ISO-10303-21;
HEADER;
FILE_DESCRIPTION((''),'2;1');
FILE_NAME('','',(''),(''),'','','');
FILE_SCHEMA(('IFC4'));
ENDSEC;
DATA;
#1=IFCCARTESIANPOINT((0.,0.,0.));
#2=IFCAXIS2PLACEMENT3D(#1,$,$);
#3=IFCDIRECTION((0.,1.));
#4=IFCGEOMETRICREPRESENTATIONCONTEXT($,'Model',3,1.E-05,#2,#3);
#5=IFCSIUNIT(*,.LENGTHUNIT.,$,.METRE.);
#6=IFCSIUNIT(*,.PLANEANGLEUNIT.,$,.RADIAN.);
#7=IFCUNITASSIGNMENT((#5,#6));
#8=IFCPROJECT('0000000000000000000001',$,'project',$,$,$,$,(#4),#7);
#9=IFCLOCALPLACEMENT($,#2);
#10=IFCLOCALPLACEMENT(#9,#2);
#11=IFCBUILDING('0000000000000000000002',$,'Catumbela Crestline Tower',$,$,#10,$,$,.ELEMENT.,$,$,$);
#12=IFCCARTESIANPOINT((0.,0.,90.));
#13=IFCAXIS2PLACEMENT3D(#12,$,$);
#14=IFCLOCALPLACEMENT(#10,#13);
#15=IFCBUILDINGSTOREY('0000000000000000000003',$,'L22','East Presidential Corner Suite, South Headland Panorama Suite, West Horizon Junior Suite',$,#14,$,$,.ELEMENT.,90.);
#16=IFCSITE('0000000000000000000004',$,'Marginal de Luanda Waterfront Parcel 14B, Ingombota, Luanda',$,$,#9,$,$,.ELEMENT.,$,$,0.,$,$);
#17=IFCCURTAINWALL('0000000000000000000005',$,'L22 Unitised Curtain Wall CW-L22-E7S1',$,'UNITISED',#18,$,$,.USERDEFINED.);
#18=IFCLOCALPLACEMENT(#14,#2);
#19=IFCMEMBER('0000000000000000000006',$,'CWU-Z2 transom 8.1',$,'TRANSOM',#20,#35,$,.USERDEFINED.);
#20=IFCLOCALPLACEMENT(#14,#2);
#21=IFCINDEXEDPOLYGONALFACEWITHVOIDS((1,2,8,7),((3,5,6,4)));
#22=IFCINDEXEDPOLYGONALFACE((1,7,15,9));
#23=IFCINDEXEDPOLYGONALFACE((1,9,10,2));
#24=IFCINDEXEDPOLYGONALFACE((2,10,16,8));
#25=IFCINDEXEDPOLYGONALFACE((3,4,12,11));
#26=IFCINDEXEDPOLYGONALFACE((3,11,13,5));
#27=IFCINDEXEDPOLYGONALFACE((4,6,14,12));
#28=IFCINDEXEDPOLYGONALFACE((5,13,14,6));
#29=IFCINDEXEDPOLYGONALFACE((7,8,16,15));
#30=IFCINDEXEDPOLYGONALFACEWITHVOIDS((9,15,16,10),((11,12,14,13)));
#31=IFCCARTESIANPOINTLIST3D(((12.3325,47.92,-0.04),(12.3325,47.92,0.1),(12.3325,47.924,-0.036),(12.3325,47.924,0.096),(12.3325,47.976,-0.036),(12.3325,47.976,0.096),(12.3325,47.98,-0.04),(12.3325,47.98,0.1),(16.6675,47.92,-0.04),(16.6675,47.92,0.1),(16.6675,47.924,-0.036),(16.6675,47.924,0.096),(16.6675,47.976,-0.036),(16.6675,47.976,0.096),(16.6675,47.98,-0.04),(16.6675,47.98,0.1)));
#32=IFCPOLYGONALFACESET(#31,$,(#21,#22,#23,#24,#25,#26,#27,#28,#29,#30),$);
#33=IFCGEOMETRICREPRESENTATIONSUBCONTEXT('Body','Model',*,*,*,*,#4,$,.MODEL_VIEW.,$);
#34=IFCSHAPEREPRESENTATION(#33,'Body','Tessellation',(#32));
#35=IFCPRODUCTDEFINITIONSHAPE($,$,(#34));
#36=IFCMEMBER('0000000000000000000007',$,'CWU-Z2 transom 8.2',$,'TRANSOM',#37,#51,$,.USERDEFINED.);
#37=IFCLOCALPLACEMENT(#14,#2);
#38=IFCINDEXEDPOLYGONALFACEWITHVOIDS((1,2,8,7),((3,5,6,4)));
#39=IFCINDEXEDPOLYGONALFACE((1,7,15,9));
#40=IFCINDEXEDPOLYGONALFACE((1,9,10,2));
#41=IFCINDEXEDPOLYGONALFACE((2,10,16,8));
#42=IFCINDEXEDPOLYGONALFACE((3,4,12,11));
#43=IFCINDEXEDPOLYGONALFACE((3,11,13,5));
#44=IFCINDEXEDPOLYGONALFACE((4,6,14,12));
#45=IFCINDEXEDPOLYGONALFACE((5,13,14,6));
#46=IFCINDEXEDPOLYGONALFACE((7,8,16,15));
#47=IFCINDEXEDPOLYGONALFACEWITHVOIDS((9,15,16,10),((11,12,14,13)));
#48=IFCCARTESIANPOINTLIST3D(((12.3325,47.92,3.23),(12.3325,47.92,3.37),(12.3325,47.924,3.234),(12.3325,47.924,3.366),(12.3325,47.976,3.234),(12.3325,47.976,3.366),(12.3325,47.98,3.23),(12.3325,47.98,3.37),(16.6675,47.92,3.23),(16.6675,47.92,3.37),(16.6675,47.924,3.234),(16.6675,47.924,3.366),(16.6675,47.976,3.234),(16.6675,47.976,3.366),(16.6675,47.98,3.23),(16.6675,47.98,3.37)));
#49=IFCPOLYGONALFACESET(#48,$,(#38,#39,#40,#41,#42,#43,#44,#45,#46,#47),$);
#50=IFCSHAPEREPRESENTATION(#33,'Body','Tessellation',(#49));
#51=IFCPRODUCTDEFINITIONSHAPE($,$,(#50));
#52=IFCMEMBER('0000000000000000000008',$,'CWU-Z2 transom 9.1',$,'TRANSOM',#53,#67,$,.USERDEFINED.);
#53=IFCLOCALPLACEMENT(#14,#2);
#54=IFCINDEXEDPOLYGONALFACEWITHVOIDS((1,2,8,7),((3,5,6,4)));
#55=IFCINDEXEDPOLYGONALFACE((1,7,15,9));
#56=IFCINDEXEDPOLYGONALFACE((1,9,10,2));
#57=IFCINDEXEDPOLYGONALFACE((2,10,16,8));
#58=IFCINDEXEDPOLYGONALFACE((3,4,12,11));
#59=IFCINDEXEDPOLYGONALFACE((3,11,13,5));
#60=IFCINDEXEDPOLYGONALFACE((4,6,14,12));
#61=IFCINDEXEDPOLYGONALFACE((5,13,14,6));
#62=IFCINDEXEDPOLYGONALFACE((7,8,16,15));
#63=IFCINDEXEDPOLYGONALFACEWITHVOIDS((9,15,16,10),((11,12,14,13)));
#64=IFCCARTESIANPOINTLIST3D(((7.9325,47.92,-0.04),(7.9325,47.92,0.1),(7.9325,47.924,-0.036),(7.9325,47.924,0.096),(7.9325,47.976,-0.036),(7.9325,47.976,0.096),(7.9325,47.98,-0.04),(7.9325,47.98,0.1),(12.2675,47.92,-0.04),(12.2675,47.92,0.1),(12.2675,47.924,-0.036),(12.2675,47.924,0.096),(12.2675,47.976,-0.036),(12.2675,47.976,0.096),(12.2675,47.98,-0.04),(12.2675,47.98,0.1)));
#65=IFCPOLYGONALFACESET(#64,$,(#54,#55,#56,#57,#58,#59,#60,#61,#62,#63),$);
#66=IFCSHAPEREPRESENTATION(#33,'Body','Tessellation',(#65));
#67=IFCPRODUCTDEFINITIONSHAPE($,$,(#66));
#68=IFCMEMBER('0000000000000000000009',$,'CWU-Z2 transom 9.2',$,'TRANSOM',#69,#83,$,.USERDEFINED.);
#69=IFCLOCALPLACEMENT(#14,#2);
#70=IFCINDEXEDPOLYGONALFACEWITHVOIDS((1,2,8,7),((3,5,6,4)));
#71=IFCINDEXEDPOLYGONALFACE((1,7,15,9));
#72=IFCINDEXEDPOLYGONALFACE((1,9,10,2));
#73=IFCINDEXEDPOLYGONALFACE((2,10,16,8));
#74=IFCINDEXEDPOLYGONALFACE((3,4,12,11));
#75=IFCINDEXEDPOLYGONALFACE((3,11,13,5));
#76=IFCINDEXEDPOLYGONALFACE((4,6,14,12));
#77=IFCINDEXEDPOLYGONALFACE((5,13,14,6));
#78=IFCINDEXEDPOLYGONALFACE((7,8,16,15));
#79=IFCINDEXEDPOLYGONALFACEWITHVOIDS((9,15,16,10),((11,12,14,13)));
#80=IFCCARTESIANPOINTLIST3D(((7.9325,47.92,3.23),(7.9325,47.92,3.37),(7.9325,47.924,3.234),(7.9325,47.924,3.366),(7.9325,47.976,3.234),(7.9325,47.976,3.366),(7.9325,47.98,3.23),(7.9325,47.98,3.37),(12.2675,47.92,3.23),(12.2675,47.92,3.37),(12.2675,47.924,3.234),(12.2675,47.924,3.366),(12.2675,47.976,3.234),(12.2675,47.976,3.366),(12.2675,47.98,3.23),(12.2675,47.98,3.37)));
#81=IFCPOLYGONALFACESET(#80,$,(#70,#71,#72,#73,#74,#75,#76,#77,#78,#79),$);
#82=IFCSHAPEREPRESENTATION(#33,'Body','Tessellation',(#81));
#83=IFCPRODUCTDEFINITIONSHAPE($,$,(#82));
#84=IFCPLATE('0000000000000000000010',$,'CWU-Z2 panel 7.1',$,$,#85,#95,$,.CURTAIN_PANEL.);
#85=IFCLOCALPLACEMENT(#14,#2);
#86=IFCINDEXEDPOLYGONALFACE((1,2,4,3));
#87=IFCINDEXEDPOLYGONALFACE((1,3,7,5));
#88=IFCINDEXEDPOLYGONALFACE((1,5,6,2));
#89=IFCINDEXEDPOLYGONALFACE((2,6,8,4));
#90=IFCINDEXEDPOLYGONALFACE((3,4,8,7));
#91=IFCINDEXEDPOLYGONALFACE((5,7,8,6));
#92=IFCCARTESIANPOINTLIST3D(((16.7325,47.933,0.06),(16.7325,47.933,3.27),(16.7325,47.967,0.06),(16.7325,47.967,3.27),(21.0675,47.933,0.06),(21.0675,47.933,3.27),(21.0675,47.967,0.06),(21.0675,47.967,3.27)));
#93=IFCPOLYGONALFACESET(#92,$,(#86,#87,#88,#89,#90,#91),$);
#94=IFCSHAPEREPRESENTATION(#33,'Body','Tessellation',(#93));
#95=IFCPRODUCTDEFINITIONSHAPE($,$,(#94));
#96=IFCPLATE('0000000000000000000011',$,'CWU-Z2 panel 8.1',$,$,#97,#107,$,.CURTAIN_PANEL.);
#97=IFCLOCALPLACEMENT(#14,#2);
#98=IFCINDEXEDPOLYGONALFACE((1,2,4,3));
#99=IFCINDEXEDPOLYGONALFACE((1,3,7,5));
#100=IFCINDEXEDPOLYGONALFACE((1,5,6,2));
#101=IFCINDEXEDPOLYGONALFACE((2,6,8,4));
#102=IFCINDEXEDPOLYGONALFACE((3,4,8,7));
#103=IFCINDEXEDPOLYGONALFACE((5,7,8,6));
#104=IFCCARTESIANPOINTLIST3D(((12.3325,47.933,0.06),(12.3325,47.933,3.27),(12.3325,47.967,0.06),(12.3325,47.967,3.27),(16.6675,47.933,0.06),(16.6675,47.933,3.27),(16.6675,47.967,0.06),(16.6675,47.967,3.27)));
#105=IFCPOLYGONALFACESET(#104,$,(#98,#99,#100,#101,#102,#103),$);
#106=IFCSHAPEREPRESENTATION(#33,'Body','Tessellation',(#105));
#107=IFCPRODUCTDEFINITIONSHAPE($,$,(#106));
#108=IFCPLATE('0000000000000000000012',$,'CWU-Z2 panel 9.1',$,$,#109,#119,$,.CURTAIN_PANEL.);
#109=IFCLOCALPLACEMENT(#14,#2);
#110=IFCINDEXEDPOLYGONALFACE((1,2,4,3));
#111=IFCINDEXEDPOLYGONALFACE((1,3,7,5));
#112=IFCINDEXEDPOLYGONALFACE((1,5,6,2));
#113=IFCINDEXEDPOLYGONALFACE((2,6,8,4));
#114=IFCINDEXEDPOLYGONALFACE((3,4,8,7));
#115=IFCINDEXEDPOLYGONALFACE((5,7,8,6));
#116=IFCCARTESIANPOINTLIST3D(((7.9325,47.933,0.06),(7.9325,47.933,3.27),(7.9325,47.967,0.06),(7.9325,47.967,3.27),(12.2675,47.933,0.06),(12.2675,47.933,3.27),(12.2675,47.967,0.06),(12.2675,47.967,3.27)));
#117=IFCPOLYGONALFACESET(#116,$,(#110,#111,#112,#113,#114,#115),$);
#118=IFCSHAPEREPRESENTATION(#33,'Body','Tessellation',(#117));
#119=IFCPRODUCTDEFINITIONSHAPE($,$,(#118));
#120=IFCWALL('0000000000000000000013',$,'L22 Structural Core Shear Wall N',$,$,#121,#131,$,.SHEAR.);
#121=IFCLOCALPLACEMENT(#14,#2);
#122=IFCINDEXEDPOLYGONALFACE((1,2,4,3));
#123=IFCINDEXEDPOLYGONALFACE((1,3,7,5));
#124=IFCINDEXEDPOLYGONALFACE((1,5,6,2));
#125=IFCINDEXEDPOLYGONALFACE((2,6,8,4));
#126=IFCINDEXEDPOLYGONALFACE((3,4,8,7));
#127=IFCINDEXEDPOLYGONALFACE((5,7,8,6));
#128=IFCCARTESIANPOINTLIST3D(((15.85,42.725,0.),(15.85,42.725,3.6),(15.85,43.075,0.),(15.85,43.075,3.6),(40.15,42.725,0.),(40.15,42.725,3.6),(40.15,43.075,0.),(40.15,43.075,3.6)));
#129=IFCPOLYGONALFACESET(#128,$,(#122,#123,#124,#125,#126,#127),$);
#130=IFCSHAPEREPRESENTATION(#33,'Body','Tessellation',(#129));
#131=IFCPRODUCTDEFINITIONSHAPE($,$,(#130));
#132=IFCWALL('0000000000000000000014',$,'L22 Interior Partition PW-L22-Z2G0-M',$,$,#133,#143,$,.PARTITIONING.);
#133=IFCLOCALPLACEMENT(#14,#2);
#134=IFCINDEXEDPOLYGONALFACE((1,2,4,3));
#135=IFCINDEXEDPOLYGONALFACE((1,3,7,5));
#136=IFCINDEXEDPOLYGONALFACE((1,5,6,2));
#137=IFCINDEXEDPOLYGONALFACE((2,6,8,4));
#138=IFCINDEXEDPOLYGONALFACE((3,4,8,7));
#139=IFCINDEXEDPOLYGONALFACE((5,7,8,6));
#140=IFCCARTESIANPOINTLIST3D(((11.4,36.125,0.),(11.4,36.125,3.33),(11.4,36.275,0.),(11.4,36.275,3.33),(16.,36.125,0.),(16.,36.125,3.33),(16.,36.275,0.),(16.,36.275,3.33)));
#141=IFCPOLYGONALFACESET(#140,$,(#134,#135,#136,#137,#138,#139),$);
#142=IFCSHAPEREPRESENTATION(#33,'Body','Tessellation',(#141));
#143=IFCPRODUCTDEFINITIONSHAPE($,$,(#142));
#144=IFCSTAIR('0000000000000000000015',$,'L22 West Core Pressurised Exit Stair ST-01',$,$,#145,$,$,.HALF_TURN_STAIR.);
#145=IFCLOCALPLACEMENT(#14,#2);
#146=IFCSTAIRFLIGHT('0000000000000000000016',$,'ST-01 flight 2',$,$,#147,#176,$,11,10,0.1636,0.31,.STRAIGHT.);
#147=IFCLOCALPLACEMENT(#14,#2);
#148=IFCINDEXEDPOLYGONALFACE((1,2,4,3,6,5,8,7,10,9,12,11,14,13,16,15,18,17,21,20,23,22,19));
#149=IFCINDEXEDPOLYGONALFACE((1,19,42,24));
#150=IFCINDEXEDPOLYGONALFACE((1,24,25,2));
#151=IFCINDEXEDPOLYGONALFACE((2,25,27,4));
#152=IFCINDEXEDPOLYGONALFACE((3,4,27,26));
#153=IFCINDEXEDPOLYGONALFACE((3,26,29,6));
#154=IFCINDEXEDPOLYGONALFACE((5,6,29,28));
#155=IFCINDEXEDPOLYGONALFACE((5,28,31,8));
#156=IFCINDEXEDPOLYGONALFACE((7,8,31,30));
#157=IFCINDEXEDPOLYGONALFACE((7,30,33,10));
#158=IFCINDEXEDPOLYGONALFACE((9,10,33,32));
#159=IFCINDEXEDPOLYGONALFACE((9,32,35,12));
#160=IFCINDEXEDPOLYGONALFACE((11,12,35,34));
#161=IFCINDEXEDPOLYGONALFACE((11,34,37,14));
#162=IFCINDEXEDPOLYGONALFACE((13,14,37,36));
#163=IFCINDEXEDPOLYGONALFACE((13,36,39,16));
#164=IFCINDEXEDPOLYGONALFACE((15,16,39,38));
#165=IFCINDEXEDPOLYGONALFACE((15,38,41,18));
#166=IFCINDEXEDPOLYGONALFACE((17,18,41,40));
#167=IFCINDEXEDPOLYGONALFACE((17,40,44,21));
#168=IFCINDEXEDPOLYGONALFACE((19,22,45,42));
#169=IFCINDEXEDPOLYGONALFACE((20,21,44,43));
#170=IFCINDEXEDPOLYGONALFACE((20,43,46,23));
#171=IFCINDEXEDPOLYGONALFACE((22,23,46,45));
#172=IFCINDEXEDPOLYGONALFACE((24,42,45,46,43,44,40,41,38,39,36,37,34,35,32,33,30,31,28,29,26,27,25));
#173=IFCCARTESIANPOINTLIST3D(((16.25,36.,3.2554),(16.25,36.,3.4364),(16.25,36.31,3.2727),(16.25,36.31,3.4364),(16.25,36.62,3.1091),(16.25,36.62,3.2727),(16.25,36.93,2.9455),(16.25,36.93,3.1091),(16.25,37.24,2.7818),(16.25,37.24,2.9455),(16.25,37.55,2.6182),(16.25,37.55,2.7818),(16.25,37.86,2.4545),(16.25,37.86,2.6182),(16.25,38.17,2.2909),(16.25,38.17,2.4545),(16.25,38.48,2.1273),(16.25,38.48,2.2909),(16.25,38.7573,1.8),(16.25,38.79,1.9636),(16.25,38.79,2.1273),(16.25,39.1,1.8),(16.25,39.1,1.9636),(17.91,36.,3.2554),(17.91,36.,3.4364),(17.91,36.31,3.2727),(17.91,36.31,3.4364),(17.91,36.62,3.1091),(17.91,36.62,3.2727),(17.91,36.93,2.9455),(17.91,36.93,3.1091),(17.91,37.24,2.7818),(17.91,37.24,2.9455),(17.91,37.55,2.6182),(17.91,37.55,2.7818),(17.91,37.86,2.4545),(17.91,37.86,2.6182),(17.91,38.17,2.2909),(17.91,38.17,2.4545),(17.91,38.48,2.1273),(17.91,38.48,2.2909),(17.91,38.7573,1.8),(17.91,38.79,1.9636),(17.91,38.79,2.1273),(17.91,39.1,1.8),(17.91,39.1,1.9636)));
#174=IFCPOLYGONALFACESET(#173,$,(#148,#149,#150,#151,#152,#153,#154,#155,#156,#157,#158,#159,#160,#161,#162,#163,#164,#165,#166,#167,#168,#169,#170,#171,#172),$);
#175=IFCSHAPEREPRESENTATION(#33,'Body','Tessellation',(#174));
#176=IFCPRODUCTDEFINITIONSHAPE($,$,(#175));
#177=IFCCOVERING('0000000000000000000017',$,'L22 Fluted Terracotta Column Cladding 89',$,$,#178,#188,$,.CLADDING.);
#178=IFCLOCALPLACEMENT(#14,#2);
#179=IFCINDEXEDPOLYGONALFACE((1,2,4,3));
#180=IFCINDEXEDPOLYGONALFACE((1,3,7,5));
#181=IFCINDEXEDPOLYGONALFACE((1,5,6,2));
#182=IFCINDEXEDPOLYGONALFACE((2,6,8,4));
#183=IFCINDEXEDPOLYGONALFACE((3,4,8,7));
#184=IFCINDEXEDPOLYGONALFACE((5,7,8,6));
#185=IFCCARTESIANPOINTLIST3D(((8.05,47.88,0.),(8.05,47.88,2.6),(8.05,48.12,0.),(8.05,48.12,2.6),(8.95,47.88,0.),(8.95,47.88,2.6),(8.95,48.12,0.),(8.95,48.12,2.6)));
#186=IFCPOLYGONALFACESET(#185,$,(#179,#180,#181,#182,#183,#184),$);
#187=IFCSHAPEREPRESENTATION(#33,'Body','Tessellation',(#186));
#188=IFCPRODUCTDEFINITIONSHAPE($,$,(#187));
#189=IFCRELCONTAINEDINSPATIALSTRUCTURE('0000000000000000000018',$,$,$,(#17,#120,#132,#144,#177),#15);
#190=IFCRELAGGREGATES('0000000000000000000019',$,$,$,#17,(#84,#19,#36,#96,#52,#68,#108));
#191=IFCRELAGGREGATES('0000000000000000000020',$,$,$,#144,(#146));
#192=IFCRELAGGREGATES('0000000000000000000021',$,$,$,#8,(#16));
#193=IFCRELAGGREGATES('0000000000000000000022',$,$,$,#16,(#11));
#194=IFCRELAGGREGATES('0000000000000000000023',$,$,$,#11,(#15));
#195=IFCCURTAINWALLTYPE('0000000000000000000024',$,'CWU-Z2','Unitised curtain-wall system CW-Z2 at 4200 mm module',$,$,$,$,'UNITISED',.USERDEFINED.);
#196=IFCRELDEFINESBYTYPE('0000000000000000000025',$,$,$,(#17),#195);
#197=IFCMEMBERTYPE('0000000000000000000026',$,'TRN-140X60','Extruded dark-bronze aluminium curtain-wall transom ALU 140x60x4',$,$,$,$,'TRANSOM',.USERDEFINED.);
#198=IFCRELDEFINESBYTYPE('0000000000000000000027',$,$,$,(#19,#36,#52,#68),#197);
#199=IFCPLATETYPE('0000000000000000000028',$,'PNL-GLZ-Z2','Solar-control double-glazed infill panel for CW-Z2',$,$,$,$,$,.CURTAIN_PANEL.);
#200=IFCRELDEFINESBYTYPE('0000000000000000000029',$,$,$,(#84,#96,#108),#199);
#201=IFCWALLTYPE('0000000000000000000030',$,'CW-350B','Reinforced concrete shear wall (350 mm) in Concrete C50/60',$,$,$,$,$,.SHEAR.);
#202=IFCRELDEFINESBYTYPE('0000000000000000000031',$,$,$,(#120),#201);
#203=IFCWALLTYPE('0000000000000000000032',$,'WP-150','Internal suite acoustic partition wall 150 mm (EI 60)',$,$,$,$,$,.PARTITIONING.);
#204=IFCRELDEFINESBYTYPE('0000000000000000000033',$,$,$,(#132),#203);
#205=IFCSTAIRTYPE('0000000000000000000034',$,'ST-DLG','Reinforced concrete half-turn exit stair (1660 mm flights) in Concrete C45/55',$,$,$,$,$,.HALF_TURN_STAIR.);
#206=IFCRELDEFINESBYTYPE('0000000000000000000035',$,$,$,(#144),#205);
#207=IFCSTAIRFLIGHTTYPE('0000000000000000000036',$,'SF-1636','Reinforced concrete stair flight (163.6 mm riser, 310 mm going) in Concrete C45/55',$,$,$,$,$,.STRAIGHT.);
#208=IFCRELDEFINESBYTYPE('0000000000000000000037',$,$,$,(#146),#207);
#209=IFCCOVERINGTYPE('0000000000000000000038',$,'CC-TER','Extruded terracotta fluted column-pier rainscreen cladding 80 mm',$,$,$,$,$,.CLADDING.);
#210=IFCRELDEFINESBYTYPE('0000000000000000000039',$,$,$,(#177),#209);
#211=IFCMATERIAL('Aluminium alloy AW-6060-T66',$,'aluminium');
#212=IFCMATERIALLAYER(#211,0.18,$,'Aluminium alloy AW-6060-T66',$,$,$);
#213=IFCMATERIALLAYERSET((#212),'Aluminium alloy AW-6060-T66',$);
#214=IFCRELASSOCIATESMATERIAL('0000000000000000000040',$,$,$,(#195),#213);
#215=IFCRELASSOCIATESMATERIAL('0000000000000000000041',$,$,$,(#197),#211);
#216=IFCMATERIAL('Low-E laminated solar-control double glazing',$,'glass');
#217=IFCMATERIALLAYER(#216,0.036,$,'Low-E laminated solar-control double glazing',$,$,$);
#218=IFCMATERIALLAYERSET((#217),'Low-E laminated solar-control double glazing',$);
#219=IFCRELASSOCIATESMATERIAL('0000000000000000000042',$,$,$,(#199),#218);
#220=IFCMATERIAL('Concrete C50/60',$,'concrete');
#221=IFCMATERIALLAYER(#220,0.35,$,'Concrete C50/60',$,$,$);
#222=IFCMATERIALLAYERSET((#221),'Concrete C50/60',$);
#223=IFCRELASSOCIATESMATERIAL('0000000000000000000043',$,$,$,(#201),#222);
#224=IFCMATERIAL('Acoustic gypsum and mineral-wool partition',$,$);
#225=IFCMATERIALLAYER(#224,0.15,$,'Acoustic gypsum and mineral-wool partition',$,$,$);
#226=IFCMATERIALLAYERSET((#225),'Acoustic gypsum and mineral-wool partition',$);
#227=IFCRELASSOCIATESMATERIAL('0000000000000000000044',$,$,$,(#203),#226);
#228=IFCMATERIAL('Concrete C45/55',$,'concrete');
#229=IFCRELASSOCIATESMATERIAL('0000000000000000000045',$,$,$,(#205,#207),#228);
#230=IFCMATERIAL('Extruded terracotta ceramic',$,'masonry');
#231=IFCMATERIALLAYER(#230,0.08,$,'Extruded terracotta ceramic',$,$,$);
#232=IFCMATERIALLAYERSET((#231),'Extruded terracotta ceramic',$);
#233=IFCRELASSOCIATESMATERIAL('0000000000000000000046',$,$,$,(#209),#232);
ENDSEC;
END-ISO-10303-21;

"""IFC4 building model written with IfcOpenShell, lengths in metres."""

from ifc_helpers import new_model, si_unit, direction, frame, frame_2d, origin, origin_2d, place, context, subcontext, project, spatial, polyline, rectangle, hollow_rectangle, outline, extrude, material, layer, layer_set, material_profile, profile_set, type_object, element, aggregate, save


model = new_model("IFC4")

# Units and contexts
model_context = context("Model", 3, precision=1e-05, world=origin(), true_north=direction((0.0, 1.0)))
body_context = subcontext(model_context, "Body", "Model", "MODEL_VIEW")
ifc_project = project(units=[si_unit("LENGTHUNIT", "METRE"), si_unit("PLANEANGLEUNIT", "RADIAN")], contexts=[model_context])

# Site, building, storey
site_placement = place(None, origin())
site = spatial("IfcSite", under=ifc_project, at=site_placement, Name="Marginal de Luanda Waterfront Parcel 14B, Ingombota, Luanda", CompositionType="ELEMENT", RefElevation=0.0)
building_placement = place(site_placement, origin())
building = spatial("IfcBuilding", under=site, at=building_placement, Name="Catumbela Crestline Tower", CompositionType="ELEMENT")
storey_placement = place(building_placement, frame((0.0, 0.0, 90.0)))
storey = spatial("IfcBuildingStorey", under=building, at=storey_placement, Name="L22", Description="East Presidential Corner Suite, South Headland Panorama Suite, West Horizon Junior Suite", CompositionType="ELEMENT", Elevation=90.0)

# Shared definitions
ifc_material_1 = material(Name="Concrete C50/60", Category="concrete")

# Curtain wall
ifc_material_2 = material(Name="Aluminium alloy AW-6060-T66", Category="aluminium")
ifc_layer_1 = layer(ifc_material_2, 0.18, Name="Aluminium alloy AW-6060-T66")
ifc_layer_set_1 = layer_set([ifc_layer_1], Name="Aluminium alloy AW-6060-T66")
curtain_wall_type = type_object("IfcCurtainWallType", Name="CWU-Z2", Description="Unitised curtain-wall system CW-Z2 at 4200 mm module", ElementType="UNITISED", PredefinedType="USERDEFINED", material=ifc_layer_set_1)
curtain_wall_placement = place(storey_placement, origin())
curtain_wall = element("IfcCurtainWall", 1, at=curtain_wall_placement, inside=storey, type_object=curtain_wall_type, Name="L22 Unitised Curtain Wall CW-L22-E7S1", ObjectType="UNITISED", PredefinedType="USERDEFINED")

# Members
ifc_material_profile_1 = material_profile(ifc_material_2, hollow_rectangle(XDim=0.06, YDim=0.14, WallThickness=0.004, at=origin_2d()), Name="ALU 140x60x4")
ifc_profile_set_1 = profile_set([ifc_material_profile_1], Name="Aluminium alloy AW-6060-T66")
member_type_1 = type_object("IfcMemberType", Name="TRN-140X60", Description="Extruded dark-bronze aluminium curtain-wall transom ALU 140x60x4", ElementType="TRANSOM", PredefinedType="USERDEFINED", material=ifc_profile_set_1)
member_1_placement = place(storey_placement, frame((16.6675, 47.95, 0.03), z_axis=(-1.0, 0.0, 0.0), x_axis=(0.0, -1.0, 0.0)))
member_1 = element("IfcMember", 2, at=member_1_placement, type_object=member_type_1, Name="CWU-Z2 transom 8.1", ObjectType="TRANSOM", PredefinedType="USERDEFINED", context=body_context, shape_type="SweptSolid", body=[
    extrude(hollow_rectangle(XDim=0.06, YDim=0.14, WallThickness=0.004, at=origin_2d()), origin(), (0.0, 0.0, 1.0), 4.335),
])
member_2_placement = place(storey_placement, frame((16.6675, 47.95, 3.3), z_axis=(-1.0, 0.0, 0.0), x_axis=(0.0, -1.0, 0.0)))
member_2 = element("IfcMember", 3, at=member_2_placement, type_object=member_type_1, Name="CWU-Z2 transom 8.2", ObjectType="TRANSOM", PredefinedType="USERDEFINED", context=body_context, shape_type="SweptSolid", body=[
    extrude(hollow_rectangle(XDim=0.06, YDim=0.14, WallThickness=0.004, at=origin_2d()), origin(), (0.0, 0.0, 1.0), 4.335),
])
member_3_placement = place(storey_placement, frame((12.2675, 47.95, 0.03), z_axis=(-1.0, 0.0, 0.0), x_axis=(0.0, -1.0, 0.0)))
member_3 = element("IfcMember", 4, at=member_3_placement, type_object=member_type_1, Name="CWU-Z2 transom 9.1", ObjectType="TRANSOM", PredefinedType="USERDEFINED", context=body_context, shape_type="SweptSolid", body=[
    extrude(hollow_rectangle(XDim=0.06, YDim=0.14, WallThickness=0.004, at=origin_2d()), origin(), (0.0, 0.0, 1.0), 4.335),
])
member_4_placement = place(storey_placement, frame((12.2675, 47.95, 3.3), z_axis=(-1.0, 0.0, 0.0), x_axis=(0.0, -1.0, 0.0)))
member_4 = element("IfcMember", 5, at=member_4_placement, type_object=member_type_1, Name="CWU-Z2 transom 9.2", ObjectType="TRANSOM", PredefinedType="USERDEFINED", context=body_context, shape_type="SweptSolid", body=[
    extrude(hollow_rectangle(XDim=0.06, YDim=0.14, WallThickness=0.004, at=origin_2d()), origin(), (0.0, 0.0, 1.0), 4.335),
])

# Plates
ifc_material_3 = material(Name="Low-E laminated solar-control double glazing", Category="glass")
ifc_layer_2 = layer(ifc_material_3, 0.036, Name="Low-E laminated solar-control double glazing")
ifc_layer_set_2 = layer_set([ifc_layer_2], Name="Low-E laminated solar-control double glazing")
plate_type = type_object("IfcPlateType", Name="PNL-GLZ-Z2", Description="Solar-control double-glazed infill panel for CW-Z2", PredefinedType="CURTAIN_PANEL", material=ifc_layer_set_2)
plate_1_placement = place(storey_placement, frame((18.9, 47.95, 0.06), z_axis=(0.0, 0.0, 1.0), x_axis=(-1.0, 0.0, 0.0)))
plate_1 = element("IfcPlate", 6, at=plate_1_placement, type_object=plate_type, Name="CWU-Z2 panel 7.1", PredefinedType="CURTAIN_PANEL", context=body_context, shape_type="SweptSolid", body=[
    extrude(rectangle(XDim=4.335, YDim=0.034, at=origin_2d()), origin(), (0.0, 0.0, 1.0), 3.21),
])
plate_2_placement = place(storey_placement, frame((14.5, 47.95, 0.06), z_axis=(0.0, 0.0, 1.0), x_axis=(-1.0, 0.0, 0.0)))
plate_2 = element("IfcPlate", 7, at=plate_2_placement, type_object=plate_type, Name="CWU-Z2 panel 8.1", PredefinedType="CURTAIN_PANEL", context=body_context, shape_type="SweptSolid", body=[
    extrude(rectangle(XDim=4.335, YDim=0.034, at=origin_2d()), origin(), (0.0, 0.0, 1.0), 3.21),
])
plate_3_placement = place(storey_placement, frame((10.1, 47.95, 0.06), z_axis=(0.0, 0.0, 1.0), x_axis=(-1.0, 0.0, 0.0)))
plate_3 = element("IfcPlate", 8, at=plate_3_placement, type_object=plate_type, Name="CWU-Z2 panel 9.1", PredefinedType="CURTAIN_PANEL", context=body_context, shape_type="SweptSolid", body=[
    extrude(rectangle(XDim=4.335, YDim=0.034, at=origin_2d()), origin(), (0.0, 0.0, 1.0), 3.21),
])
aggregate(curtain_wall, [plate_1, member_1, member_2, plate_2, member_3, member_4, plate_3])

# Walls
ifc_layer_3 = layer(ifc_material_1, 0.35, Name="Concrete C50/60")
ifc_layer_set_3 = layer_set([ifc_layer_3], Name="Concrete C50/60")
wall_type_1 = type_object("IfcWallType", Name="CW-350B", Description="Reinforced concrete shear wall (350 mm) in Concrete C50/60", PredefinedType="SHEAR", material=ifc_layer_set_3)
wall_1_placement = place(storey_placement, frame((15.85, 42.9, 0.0), z_axis=(0.0, 0.0, 1.0), x_axis=(1.0, 0.0, 0.0)))
element("IfcWall", 9, at=wall_1_placement, inside=storey, type_object=wall_type_1, Name="L22 Structural Core Shear Wall N", PredefinedType="SHEAR", context=body_context, shape_type="SweptSolid", body=[
    extrude(rectangle(XDim=24.3, YDim=0.35, at=frame_2d((12.15, 0.0))), origin(), (0.0, 0.0, 1.0), 3.6),
])
ifc_material_4 = material(Name="Acoustic gypsum and mineral-wool partition")
ifc_layer_4 = layer(ifc_material_4, 0.15, Name="Acoustic gypsum and mineral-wool partition")
ifc_layer_set_4 = layer_set([ifc_layer_4], Name="Acoustic gypsum and mineral-wool partition")
wall_type_2 = type_object("IfcWallType", Name="WP-150", Description="Internal suite acoustic partition wall 150 mm (EI 60)", PredefinedType="PARTITIONING", material=ifc_layer_set_4)
wall_2_placement = place(storey_placement, frame((11.4, 36.2, 0.0), z_axis=(0.0, 0.0, 1.0), x_axis=(1.0, 0.0, 0.0)))
element("IfcWall", 10, at=wall_2_placement, inside=storey, type_object=wall_type_2, Name="L22 Interior Partition PW-L22-Z2G0-M", PredefinedType="PARTITIONING", context=body_context, shape_type="SweptSolid", body=[
    extrude(rectangle(XDim=4.6, YDim=0.15, at=frame_2d((2.3, 0.0))), origin(), (0.0, 0.0, 1.0), 3.33),
])

# Stair, stair flight
ifc_material_5 = material(Name="Concrete C45/55", Category="concrete")
stair_type = type_object("IfcStairType", Name="ST-DLG", Description="Reinforced concrete half-turn exit stair (1660 mm flights) in Concrete C45/55", PredefinedType="HALF_TURN_STAIR", material=ifc_material_5)
stair_placement = place(storey_placement, origin())
stair = element("IfcStair", 11, at=stair_placement, inside=storey, type_object=stair_type, Name="L22 West Core Pressurised Exit Stair ST-01", PredefinedType="HALF_TURN_STAIR")
stair_flight_type = type_object("IfcStairFlightType", Name="SF-1636", Description="Reinforced concrete stair flight (163.6 mm riser, 310 mm going) in Concrete C45/55", PredefinedType="STRAIGHT", material=ifc_material_5)
stair_flight_placement = place(storey_placement, frame((17.08, 39.1, 1.8), z_axis=(0.0, 0.0, 1.0), x_axis=(0.0, -1.0, 0.0)))
stair_flight = element("IfcStairFlight", 12, at=stair_flight_placement, type_object=stair_flight_type, Name="ST-01 flight 2", NumberOfRisers=11, NumberOfTreads=10, PredefinedType="STRAIGHT", RiserHeight=0.1636, TreadLength=0.31, context=body_context, shape_type="SweptSolid", body=[
    extrude(outline(polyline([(0.0, 0.0), (0.0, 0.1636), (0.31, 0.1636), (0.31, 0.3273), (0.62, 0.3273), (0.62, 0.4909), (0.93, 0.4909), (0.93, 0.6545), (1.24, 0.6545), (1.24, 0.8182), (1.55, 0.8182), (1.55, 0.9818), (1.86, 0.9818), (1.86, 1.1455), (2.17, 1.1455), (2.17, 1.3091), (2.48, 1.3091), (2.48, 1.4727), (2.79, 1.4727), (2.79, 1.6364), (3.1, 1.6364), (3.1, 1.8), (3.1, 1.4554), (0.3427, 0.0), (0.0, 0.0)])), frame((0.0, 0.83, 0.0), z_axis=(0.0, -1.0, 0.0), x_axis=(1.0, 0.0, 0.0)), (0.0, 0.0, 1.0), 1.66),
])
aggregate(stair, [stair_flight])

# Covering
ifc_material_6 = material(Name="Extruded terracotta ceramic", Category="masonry")
ifc_layer_5 = layer(ifc_material_6, 0.08, Name="Extruded terracotta ceramic")
ifc_layer_set_5 = layer_set([ifc_layer_5], Name="Extruded terracotta ceramic")
covering_type = type_object("IfcCoveringType", Name="CC-TER", Description="Extruded terracotta fluted column-pier rainscreen cladding 80 mm", PredefinedType="CLADDING", material=ifc_layer_set_5)
for number, where, z_axis, x_axis, name in (
    (13, (8.5, 48.0, 0.0), (0.0, 0.0, 1.0), (-1.0, 0.0, 0.0), "L22 Fluted Terracotta Column Cladding 89"),
):
    element("IfcCovering", number, at=place(storey_placement, frame(where, z_axis=z_axis, x_axis=x_axis)), inside=storey, type_object=covering_type, Name=name, PredefinedType="CLADDING", context=body_context, shape_type="SweptSolid", body=[
        extrude(rectangle(XDim=0.9, YDim=0.24, at=origin_2d()), origin(), (0.0, 0.0, 1.0), 2.6),
    ])

save(model, "model.ifc")
